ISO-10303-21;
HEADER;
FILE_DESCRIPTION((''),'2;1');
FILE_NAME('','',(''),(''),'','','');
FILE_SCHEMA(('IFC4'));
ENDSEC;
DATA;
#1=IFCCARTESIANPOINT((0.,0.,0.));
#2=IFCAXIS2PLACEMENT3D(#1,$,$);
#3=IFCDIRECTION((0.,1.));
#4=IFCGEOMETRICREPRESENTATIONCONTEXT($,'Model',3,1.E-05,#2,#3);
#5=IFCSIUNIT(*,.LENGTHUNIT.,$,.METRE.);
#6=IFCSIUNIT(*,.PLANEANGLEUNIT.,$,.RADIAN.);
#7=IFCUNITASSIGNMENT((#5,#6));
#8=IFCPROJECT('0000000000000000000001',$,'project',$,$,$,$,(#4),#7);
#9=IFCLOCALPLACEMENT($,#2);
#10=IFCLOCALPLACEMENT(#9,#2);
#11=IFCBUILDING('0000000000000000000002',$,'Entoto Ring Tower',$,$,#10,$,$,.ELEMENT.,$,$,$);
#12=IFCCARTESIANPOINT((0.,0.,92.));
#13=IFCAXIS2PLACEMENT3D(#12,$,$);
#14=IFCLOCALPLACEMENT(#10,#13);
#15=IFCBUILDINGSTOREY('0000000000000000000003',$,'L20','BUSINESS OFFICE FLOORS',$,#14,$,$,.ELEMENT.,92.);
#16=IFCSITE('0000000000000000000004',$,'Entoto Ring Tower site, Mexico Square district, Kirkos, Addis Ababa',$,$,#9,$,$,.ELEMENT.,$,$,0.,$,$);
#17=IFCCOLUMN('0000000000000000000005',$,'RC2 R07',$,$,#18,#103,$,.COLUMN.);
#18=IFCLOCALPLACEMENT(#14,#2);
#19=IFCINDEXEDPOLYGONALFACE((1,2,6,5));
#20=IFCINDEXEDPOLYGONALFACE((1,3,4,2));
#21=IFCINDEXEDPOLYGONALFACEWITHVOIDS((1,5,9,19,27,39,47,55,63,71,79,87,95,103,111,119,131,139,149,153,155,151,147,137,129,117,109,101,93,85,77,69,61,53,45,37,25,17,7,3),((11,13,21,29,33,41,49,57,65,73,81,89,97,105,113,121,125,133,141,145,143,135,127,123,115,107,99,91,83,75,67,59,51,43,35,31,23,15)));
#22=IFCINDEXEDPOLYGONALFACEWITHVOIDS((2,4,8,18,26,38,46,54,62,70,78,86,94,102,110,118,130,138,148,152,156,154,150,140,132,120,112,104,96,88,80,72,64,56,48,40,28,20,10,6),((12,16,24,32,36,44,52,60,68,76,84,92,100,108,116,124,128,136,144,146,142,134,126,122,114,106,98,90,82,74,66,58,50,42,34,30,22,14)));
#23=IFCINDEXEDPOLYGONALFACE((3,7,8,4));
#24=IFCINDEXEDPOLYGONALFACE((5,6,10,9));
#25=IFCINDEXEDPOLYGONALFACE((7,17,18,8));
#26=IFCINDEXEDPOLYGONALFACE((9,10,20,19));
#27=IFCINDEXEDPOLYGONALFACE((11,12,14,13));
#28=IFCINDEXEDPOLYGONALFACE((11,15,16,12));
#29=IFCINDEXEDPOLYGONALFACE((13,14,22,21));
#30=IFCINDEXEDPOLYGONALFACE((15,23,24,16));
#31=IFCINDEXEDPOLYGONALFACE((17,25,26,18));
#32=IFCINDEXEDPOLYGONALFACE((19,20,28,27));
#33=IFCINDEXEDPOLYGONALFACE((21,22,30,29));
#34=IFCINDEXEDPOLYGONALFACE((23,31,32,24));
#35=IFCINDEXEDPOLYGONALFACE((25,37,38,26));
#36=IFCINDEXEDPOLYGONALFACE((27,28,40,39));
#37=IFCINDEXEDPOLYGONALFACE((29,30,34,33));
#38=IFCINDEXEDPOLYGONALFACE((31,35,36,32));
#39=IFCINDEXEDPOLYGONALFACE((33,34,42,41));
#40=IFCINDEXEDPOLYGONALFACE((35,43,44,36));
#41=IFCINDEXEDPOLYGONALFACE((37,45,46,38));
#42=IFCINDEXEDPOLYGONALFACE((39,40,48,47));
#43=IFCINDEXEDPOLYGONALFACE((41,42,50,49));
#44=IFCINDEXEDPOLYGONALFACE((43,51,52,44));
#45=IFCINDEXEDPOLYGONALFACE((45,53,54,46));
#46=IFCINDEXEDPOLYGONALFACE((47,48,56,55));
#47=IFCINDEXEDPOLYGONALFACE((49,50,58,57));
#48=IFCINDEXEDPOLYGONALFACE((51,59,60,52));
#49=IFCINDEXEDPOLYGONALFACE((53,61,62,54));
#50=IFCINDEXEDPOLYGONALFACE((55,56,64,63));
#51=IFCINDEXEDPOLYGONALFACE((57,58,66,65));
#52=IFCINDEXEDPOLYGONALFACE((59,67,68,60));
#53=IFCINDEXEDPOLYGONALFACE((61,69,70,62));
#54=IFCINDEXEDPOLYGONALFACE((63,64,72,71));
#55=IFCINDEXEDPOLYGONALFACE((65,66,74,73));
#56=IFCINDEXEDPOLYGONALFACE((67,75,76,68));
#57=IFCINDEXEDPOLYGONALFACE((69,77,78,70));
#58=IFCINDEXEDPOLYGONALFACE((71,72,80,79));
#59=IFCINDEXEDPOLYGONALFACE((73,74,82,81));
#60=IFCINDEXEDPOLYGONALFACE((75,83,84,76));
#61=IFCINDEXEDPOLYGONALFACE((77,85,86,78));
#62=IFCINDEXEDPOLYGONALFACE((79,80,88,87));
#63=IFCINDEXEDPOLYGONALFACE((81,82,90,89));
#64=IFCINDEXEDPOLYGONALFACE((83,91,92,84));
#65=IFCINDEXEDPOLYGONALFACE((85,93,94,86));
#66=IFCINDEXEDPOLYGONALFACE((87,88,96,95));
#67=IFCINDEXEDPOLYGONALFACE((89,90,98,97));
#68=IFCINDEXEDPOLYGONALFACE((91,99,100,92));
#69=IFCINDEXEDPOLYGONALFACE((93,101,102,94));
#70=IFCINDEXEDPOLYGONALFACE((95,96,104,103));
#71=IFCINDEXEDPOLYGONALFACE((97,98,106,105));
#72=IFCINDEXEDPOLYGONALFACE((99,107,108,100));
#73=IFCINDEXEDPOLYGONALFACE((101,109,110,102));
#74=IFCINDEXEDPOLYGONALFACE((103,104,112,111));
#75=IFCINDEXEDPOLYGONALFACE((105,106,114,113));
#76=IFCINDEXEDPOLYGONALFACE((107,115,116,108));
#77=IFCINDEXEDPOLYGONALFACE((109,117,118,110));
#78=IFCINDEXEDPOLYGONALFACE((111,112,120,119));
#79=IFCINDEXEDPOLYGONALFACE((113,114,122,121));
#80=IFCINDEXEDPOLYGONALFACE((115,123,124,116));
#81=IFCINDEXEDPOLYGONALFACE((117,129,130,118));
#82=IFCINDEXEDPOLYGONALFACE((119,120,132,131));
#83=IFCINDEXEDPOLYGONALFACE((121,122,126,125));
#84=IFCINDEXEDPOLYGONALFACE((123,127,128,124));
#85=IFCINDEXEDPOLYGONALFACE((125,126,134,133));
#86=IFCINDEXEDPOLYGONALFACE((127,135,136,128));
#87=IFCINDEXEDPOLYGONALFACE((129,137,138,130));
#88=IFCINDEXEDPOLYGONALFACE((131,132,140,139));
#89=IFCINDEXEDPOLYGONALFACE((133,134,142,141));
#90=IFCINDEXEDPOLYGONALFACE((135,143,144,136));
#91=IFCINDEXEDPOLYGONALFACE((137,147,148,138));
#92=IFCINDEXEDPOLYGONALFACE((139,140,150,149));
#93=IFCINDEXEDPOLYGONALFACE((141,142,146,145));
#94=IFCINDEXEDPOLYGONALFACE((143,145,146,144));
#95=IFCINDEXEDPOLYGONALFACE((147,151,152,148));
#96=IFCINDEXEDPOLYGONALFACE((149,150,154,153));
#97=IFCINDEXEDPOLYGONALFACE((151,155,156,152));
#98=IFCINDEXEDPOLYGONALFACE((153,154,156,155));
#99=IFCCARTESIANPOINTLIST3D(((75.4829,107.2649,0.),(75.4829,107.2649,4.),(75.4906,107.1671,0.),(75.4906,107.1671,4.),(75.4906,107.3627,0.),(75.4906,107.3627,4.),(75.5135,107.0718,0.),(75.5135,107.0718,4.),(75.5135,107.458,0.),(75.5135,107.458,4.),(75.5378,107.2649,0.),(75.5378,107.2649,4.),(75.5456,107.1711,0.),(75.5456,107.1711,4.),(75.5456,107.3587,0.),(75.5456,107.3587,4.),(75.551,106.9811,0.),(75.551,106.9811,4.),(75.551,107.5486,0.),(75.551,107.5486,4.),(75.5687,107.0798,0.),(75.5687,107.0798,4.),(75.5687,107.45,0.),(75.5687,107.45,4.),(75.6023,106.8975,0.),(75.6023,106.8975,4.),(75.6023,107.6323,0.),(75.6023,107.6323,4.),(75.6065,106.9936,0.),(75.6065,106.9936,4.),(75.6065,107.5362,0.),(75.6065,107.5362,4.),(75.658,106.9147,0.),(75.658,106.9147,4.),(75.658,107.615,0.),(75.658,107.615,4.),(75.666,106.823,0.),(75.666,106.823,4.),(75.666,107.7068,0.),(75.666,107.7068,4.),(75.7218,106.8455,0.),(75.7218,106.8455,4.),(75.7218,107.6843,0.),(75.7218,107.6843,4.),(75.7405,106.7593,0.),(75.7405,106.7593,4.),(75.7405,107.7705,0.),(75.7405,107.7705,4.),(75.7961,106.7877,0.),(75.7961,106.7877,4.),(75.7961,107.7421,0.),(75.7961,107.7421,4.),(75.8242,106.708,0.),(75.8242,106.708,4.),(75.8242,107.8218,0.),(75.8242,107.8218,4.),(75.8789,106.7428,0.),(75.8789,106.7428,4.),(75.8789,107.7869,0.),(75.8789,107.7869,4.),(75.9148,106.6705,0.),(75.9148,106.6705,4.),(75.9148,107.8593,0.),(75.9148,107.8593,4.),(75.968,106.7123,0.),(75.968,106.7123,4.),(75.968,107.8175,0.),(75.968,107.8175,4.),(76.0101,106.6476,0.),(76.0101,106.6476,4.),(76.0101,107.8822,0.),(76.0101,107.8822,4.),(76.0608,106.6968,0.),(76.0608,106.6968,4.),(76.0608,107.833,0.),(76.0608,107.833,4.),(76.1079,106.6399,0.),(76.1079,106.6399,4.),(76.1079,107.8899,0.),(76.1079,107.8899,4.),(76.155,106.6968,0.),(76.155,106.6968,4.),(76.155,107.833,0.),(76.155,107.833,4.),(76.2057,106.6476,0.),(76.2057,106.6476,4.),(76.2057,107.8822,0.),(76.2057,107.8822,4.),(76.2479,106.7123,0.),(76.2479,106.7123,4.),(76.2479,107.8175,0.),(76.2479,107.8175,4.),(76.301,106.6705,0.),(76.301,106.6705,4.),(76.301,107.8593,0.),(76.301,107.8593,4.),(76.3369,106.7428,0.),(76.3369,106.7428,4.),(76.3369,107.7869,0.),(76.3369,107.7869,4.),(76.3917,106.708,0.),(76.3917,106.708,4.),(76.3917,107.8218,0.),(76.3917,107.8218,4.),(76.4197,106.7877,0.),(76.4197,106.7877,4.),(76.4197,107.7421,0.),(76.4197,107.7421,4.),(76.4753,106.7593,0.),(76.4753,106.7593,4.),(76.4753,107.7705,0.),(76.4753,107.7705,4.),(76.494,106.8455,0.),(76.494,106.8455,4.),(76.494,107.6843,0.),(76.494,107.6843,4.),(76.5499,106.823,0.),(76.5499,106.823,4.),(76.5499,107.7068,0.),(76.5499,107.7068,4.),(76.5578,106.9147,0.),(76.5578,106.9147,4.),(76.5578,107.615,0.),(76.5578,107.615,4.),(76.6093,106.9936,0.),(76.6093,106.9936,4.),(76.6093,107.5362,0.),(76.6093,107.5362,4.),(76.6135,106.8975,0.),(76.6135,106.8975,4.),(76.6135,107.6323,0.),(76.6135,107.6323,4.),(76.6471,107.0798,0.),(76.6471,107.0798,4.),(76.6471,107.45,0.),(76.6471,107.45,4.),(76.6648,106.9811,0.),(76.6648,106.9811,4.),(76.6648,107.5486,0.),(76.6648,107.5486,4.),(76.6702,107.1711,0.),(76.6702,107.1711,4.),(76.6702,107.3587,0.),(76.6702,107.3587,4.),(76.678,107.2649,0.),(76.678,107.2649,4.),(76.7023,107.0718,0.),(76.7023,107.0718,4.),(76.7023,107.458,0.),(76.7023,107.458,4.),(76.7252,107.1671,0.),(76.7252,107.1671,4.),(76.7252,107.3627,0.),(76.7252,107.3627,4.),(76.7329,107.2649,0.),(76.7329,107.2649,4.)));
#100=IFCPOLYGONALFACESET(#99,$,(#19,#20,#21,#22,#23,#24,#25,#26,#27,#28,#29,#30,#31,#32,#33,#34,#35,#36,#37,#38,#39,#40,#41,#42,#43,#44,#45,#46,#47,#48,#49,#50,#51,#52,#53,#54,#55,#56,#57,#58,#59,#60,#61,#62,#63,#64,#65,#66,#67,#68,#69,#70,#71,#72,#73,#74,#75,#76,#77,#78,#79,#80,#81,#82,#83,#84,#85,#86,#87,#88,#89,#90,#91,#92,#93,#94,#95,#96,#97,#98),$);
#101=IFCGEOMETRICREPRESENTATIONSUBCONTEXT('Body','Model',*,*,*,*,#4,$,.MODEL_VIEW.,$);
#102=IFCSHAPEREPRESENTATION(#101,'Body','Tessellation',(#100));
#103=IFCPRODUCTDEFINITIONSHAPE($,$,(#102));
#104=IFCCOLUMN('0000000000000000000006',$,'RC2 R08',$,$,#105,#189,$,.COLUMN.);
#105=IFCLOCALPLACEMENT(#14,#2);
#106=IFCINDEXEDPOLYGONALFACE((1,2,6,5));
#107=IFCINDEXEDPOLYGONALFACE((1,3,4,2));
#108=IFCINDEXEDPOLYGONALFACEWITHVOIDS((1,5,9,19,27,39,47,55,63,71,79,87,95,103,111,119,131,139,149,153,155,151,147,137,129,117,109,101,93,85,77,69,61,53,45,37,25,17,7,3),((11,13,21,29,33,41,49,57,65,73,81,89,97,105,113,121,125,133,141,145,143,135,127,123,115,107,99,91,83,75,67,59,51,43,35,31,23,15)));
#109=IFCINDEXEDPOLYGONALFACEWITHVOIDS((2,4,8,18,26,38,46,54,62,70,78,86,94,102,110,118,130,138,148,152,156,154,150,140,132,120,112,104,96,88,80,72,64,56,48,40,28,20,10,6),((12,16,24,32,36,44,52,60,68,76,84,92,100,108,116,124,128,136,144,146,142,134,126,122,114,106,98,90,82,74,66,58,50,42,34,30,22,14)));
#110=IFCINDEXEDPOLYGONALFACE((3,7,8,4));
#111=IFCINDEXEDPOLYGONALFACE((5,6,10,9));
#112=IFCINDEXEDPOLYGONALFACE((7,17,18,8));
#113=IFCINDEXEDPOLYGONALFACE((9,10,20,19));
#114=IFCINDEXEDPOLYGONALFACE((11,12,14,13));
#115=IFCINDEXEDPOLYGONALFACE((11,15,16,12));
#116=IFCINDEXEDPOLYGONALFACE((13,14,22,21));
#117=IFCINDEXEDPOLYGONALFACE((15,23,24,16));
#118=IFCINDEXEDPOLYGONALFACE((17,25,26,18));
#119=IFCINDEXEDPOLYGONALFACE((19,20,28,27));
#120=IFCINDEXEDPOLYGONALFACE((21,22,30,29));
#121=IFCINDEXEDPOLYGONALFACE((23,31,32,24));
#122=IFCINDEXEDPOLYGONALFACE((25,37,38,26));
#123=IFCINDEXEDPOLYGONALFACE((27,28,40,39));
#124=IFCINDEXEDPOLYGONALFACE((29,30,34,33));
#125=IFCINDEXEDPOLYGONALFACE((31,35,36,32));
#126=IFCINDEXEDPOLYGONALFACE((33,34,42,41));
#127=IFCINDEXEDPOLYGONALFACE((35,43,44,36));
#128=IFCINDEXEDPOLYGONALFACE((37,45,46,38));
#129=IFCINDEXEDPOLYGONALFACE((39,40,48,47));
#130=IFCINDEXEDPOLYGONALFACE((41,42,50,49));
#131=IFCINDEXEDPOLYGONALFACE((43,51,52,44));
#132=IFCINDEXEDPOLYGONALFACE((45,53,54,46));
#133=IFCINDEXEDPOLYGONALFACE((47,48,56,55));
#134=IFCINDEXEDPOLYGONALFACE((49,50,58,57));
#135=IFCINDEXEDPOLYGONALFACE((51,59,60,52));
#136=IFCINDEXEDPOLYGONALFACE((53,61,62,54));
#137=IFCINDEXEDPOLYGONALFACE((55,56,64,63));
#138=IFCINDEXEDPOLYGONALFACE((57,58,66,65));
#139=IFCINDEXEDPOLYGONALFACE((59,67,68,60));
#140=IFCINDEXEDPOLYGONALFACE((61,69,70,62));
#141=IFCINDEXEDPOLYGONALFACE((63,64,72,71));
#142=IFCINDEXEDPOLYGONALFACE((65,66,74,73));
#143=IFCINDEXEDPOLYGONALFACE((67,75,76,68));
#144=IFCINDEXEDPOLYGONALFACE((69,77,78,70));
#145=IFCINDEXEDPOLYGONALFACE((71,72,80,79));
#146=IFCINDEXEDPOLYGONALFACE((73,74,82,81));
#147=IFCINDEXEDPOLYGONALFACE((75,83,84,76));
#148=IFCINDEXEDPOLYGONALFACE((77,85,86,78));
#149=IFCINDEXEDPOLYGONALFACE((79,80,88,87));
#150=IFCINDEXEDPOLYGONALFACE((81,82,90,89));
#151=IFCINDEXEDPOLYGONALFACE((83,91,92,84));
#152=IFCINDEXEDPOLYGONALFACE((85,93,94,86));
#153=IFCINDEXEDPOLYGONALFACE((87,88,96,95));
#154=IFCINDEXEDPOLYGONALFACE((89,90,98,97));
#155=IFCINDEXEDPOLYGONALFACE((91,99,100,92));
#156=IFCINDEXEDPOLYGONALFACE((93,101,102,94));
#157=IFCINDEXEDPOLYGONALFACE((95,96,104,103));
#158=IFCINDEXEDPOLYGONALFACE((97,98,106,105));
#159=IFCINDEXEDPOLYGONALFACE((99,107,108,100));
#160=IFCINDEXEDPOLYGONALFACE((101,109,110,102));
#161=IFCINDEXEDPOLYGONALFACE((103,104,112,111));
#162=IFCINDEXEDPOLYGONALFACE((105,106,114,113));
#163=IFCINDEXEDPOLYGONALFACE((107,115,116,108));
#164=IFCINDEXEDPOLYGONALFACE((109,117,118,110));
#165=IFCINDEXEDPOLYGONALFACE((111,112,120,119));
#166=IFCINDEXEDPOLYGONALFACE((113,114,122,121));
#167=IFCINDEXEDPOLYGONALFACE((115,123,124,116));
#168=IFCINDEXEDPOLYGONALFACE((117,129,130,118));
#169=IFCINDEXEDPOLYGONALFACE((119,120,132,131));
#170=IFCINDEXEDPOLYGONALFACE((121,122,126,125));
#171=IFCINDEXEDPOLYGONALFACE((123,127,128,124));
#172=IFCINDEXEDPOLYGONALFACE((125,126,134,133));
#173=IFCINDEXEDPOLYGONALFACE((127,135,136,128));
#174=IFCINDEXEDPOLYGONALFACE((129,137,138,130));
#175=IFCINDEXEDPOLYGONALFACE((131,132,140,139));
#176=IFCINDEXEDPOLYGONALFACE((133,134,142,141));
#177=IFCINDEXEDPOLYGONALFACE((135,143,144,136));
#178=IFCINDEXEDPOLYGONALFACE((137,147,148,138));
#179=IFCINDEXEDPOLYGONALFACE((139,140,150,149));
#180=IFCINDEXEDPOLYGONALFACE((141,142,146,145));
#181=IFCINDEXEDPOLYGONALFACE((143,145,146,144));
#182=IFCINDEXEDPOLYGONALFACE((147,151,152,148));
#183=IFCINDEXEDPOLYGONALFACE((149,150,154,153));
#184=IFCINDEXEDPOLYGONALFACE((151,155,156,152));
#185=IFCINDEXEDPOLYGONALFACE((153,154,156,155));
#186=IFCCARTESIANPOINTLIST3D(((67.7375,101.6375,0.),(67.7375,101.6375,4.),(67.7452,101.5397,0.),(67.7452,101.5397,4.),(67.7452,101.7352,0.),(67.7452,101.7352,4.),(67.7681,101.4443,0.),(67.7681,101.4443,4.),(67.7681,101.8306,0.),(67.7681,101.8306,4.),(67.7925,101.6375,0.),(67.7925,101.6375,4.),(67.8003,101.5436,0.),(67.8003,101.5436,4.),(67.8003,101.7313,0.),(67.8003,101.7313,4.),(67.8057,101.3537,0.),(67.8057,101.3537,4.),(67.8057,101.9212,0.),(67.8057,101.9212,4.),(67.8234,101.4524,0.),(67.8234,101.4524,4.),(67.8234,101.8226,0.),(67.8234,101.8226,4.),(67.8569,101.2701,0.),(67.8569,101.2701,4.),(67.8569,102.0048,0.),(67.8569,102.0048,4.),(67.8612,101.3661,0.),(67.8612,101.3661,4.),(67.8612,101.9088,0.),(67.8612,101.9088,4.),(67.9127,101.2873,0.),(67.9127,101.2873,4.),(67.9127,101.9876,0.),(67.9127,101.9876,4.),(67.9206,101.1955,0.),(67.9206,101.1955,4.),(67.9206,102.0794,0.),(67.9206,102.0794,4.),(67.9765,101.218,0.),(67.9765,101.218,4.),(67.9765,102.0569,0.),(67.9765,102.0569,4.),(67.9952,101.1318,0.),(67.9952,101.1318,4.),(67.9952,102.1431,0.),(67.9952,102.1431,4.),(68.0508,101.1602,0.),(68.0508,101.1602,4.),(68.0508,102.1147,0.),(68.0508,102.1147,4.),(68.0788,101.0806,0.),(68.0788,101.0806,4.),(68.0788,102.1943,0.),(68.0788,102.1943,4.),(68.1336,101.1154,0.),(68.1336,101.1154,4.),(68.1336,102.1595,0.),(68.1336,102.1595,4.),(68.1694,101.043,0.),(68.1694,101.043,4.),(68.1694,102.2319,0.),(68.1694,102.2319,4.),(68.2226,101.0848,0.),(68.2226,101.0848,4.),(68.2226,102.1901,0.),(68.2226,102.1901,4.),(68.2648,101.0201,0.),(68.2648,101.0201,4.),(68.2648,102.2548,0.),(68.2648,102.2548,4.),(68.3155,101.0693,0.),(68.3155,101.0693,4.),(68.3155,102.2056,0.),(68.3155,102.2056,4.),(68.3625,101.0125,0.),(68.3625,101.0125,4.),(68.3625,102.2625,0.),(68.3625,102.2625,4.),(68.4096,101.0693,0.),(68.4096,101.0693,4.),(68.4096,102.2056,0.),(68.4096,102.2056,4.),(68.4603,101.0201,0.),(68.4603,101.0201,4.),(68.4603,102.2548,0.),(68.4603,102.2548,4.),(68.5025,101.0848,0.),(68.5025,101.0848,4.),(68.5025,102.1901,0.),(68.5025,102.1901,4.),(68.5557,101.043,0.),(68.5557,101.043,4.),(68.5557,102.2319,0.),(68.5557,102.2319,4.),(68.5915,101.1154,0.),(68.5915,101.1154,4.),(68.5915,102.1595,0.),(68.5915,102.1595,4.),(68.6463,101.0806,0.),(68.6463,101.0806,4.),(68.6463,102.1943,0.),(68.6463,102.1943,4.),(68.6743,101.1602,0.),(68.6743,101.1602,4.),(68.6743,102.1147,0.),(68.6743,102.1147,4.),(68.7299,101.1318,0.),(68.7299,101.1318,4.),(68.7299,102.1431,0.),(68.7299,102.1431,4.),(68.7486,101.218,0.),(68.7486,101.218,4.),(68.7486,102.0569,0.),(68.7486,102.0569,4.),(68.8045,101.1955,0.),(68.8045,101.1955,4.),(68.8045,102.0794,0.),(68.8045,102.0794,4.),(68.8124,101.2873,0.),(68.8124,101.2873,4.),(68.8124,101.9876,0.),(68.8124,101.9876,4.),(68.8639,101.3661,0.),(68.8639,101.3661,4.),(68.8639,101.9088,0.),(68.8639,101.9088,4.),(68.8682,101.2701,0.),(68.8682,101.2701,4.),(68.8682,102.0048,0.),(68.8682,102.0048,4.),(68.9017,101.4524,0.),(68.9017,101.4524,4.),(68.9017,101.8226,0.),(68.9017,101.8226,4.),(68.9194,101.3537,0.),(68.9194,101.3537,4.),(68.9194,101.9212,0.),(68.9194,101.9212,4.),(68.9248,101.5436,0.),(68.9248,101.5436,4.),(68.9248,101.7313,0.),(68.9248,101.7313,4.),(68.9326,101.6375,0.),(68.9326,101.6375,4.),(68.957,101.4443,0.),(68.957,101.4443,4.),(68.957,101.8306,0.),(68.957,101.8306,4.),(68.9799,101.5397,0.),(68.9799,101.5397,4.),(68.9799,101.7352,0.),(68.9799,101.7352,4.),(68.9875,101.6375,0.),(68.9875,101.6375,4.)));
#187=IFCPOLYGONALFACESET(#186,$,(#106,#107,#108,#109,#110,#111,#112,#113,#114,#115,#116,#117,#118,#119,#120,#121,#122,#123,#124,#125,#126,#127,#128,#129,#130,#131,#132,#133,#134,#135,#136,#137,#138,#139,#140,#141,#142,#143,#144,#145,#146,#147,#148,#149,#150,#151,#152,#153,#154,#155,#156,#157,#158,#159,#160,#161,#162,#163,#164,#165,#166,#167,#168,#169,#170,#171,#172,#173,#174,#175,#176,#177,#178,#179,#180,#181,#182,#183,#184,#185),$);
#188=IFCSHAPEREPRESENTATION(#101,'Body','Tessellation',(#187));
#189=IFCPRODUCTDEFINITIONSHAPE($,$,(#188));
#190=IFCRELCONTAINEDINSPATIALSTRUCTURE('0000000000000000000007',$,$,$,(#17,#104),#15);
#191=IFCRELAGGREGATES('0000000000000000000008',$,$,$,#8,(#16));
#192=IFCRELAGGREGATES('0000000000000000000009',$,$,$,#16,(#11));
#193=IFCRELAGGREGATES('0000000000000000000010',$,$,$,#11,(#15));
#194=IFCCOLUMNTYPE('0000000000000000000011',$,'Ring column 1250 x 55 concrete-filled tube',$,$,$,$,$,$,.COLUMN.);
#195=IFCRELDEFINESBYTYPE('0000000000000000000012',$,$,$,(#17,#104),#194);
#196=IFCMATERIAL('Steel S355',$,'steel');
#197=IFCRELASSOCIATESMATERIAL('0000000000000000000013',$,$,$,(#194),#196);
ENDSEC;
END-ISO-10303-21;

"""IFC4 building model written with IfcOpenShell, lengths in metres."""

from ifc_helpers import new_model, si_unit, direction, frame, origin, origin_2d, place, context, subcontext, project, spatial, circle, hollow_circle, extrude, material, material_profile, profile_set, type_object, element, save


model = new_model("IFC4")

# Units and contexts
model_context = context("Model", 3, precision=1e-05, world=origin(), true_north=direction((0.0, 1.0)))
body_context = subcontext(model_context, "Body", "Model", "MODEL_VIEW")
ifc_project = project(units=[si_unit("LENGTHUNIT", "METRE"), si_unit("PLANEANGLEUNIT", "RADIAN")], contexts=[model_context])

# Site, building, storey
site_placement = place(None, origin())
site = spatial("IfcSite", under=ifc_project, at=site_placement, Name="Entoto Ring Tower site, Mexico Square district, Kirkos, Addis Ababa", CompositionType="ELEMENT", RefElevation=0.0)
building_placement = place(site_placement, origin())
building = spatial("IfcBuilding", under=site, at=building_placement, Name="Entoto Ring Tower", CompositionType="ELEMENT")
storey_placement = place(building_placement, frame((0.0, 0.0, 92.0)))
storey = spatial("IfcBuildingStorey", under=building, at=storey_placement, Name="L20", Description="BUSINESS OFFICE FLOORS", CompositionType="ELEMENT", Elevation=92.0)

# Columns
ifc_material_1 = material(Name="Steel S355", Category="steel")
ifc_material_profile_1 = material_profile(ifc_material_1, hollow_circle(Radius=0.625, WallThickness=0.0549, at=origin_2d()), Name="CHS 1250 x 55")
ifc_material_2 = material(Name="Concrete C60/75", Category="concrete")
ifc_material_profile_2 = material_profile(ifc_material_2, circle(Radius=0.5701, at=origin_2d()), Name="Concrete C60/75 infill")
ifc_profile_set_1 = profile_set([ifc_material_profile_1, ifc_material_profile_2], Name="Steel S355")
column_type = type_object("IfcColumnType", Name="Ring column 1250 x 55 concrete-filled tube", PredefinedType="COLUMN", material=ifc_profile_set_1)
for number, where, z_axis, x_axis, name in (
    (1, (76.1079, 107.2649, 0.0), (0.0, 0.0, 1.0), (1.0, 0.0, 0.0), "RC2 R07"),
    (2, (68.3625, 101.6375, 0.0), (0.0, 0.0, 1.0), (1.0, 0.0, 0.0), "RC2 R08"),
):
    element("IfcColumn", number, at=place(storey_placement, frame(where, z_axis=z_axis, x_axis=x_axis)), inside=storey, type_object=column_type, Name=name, PredefinedType="COLUMN", context=body_context, shape_type="SweptSolid", body=[
        extrude(hollow_circle(Radius=0.625, WallThickness=0.0549, at=origin_2d()), origin(), (0.0, 0.0, 1.0), 4.0),
    ])

save(model, "model.ifc")
